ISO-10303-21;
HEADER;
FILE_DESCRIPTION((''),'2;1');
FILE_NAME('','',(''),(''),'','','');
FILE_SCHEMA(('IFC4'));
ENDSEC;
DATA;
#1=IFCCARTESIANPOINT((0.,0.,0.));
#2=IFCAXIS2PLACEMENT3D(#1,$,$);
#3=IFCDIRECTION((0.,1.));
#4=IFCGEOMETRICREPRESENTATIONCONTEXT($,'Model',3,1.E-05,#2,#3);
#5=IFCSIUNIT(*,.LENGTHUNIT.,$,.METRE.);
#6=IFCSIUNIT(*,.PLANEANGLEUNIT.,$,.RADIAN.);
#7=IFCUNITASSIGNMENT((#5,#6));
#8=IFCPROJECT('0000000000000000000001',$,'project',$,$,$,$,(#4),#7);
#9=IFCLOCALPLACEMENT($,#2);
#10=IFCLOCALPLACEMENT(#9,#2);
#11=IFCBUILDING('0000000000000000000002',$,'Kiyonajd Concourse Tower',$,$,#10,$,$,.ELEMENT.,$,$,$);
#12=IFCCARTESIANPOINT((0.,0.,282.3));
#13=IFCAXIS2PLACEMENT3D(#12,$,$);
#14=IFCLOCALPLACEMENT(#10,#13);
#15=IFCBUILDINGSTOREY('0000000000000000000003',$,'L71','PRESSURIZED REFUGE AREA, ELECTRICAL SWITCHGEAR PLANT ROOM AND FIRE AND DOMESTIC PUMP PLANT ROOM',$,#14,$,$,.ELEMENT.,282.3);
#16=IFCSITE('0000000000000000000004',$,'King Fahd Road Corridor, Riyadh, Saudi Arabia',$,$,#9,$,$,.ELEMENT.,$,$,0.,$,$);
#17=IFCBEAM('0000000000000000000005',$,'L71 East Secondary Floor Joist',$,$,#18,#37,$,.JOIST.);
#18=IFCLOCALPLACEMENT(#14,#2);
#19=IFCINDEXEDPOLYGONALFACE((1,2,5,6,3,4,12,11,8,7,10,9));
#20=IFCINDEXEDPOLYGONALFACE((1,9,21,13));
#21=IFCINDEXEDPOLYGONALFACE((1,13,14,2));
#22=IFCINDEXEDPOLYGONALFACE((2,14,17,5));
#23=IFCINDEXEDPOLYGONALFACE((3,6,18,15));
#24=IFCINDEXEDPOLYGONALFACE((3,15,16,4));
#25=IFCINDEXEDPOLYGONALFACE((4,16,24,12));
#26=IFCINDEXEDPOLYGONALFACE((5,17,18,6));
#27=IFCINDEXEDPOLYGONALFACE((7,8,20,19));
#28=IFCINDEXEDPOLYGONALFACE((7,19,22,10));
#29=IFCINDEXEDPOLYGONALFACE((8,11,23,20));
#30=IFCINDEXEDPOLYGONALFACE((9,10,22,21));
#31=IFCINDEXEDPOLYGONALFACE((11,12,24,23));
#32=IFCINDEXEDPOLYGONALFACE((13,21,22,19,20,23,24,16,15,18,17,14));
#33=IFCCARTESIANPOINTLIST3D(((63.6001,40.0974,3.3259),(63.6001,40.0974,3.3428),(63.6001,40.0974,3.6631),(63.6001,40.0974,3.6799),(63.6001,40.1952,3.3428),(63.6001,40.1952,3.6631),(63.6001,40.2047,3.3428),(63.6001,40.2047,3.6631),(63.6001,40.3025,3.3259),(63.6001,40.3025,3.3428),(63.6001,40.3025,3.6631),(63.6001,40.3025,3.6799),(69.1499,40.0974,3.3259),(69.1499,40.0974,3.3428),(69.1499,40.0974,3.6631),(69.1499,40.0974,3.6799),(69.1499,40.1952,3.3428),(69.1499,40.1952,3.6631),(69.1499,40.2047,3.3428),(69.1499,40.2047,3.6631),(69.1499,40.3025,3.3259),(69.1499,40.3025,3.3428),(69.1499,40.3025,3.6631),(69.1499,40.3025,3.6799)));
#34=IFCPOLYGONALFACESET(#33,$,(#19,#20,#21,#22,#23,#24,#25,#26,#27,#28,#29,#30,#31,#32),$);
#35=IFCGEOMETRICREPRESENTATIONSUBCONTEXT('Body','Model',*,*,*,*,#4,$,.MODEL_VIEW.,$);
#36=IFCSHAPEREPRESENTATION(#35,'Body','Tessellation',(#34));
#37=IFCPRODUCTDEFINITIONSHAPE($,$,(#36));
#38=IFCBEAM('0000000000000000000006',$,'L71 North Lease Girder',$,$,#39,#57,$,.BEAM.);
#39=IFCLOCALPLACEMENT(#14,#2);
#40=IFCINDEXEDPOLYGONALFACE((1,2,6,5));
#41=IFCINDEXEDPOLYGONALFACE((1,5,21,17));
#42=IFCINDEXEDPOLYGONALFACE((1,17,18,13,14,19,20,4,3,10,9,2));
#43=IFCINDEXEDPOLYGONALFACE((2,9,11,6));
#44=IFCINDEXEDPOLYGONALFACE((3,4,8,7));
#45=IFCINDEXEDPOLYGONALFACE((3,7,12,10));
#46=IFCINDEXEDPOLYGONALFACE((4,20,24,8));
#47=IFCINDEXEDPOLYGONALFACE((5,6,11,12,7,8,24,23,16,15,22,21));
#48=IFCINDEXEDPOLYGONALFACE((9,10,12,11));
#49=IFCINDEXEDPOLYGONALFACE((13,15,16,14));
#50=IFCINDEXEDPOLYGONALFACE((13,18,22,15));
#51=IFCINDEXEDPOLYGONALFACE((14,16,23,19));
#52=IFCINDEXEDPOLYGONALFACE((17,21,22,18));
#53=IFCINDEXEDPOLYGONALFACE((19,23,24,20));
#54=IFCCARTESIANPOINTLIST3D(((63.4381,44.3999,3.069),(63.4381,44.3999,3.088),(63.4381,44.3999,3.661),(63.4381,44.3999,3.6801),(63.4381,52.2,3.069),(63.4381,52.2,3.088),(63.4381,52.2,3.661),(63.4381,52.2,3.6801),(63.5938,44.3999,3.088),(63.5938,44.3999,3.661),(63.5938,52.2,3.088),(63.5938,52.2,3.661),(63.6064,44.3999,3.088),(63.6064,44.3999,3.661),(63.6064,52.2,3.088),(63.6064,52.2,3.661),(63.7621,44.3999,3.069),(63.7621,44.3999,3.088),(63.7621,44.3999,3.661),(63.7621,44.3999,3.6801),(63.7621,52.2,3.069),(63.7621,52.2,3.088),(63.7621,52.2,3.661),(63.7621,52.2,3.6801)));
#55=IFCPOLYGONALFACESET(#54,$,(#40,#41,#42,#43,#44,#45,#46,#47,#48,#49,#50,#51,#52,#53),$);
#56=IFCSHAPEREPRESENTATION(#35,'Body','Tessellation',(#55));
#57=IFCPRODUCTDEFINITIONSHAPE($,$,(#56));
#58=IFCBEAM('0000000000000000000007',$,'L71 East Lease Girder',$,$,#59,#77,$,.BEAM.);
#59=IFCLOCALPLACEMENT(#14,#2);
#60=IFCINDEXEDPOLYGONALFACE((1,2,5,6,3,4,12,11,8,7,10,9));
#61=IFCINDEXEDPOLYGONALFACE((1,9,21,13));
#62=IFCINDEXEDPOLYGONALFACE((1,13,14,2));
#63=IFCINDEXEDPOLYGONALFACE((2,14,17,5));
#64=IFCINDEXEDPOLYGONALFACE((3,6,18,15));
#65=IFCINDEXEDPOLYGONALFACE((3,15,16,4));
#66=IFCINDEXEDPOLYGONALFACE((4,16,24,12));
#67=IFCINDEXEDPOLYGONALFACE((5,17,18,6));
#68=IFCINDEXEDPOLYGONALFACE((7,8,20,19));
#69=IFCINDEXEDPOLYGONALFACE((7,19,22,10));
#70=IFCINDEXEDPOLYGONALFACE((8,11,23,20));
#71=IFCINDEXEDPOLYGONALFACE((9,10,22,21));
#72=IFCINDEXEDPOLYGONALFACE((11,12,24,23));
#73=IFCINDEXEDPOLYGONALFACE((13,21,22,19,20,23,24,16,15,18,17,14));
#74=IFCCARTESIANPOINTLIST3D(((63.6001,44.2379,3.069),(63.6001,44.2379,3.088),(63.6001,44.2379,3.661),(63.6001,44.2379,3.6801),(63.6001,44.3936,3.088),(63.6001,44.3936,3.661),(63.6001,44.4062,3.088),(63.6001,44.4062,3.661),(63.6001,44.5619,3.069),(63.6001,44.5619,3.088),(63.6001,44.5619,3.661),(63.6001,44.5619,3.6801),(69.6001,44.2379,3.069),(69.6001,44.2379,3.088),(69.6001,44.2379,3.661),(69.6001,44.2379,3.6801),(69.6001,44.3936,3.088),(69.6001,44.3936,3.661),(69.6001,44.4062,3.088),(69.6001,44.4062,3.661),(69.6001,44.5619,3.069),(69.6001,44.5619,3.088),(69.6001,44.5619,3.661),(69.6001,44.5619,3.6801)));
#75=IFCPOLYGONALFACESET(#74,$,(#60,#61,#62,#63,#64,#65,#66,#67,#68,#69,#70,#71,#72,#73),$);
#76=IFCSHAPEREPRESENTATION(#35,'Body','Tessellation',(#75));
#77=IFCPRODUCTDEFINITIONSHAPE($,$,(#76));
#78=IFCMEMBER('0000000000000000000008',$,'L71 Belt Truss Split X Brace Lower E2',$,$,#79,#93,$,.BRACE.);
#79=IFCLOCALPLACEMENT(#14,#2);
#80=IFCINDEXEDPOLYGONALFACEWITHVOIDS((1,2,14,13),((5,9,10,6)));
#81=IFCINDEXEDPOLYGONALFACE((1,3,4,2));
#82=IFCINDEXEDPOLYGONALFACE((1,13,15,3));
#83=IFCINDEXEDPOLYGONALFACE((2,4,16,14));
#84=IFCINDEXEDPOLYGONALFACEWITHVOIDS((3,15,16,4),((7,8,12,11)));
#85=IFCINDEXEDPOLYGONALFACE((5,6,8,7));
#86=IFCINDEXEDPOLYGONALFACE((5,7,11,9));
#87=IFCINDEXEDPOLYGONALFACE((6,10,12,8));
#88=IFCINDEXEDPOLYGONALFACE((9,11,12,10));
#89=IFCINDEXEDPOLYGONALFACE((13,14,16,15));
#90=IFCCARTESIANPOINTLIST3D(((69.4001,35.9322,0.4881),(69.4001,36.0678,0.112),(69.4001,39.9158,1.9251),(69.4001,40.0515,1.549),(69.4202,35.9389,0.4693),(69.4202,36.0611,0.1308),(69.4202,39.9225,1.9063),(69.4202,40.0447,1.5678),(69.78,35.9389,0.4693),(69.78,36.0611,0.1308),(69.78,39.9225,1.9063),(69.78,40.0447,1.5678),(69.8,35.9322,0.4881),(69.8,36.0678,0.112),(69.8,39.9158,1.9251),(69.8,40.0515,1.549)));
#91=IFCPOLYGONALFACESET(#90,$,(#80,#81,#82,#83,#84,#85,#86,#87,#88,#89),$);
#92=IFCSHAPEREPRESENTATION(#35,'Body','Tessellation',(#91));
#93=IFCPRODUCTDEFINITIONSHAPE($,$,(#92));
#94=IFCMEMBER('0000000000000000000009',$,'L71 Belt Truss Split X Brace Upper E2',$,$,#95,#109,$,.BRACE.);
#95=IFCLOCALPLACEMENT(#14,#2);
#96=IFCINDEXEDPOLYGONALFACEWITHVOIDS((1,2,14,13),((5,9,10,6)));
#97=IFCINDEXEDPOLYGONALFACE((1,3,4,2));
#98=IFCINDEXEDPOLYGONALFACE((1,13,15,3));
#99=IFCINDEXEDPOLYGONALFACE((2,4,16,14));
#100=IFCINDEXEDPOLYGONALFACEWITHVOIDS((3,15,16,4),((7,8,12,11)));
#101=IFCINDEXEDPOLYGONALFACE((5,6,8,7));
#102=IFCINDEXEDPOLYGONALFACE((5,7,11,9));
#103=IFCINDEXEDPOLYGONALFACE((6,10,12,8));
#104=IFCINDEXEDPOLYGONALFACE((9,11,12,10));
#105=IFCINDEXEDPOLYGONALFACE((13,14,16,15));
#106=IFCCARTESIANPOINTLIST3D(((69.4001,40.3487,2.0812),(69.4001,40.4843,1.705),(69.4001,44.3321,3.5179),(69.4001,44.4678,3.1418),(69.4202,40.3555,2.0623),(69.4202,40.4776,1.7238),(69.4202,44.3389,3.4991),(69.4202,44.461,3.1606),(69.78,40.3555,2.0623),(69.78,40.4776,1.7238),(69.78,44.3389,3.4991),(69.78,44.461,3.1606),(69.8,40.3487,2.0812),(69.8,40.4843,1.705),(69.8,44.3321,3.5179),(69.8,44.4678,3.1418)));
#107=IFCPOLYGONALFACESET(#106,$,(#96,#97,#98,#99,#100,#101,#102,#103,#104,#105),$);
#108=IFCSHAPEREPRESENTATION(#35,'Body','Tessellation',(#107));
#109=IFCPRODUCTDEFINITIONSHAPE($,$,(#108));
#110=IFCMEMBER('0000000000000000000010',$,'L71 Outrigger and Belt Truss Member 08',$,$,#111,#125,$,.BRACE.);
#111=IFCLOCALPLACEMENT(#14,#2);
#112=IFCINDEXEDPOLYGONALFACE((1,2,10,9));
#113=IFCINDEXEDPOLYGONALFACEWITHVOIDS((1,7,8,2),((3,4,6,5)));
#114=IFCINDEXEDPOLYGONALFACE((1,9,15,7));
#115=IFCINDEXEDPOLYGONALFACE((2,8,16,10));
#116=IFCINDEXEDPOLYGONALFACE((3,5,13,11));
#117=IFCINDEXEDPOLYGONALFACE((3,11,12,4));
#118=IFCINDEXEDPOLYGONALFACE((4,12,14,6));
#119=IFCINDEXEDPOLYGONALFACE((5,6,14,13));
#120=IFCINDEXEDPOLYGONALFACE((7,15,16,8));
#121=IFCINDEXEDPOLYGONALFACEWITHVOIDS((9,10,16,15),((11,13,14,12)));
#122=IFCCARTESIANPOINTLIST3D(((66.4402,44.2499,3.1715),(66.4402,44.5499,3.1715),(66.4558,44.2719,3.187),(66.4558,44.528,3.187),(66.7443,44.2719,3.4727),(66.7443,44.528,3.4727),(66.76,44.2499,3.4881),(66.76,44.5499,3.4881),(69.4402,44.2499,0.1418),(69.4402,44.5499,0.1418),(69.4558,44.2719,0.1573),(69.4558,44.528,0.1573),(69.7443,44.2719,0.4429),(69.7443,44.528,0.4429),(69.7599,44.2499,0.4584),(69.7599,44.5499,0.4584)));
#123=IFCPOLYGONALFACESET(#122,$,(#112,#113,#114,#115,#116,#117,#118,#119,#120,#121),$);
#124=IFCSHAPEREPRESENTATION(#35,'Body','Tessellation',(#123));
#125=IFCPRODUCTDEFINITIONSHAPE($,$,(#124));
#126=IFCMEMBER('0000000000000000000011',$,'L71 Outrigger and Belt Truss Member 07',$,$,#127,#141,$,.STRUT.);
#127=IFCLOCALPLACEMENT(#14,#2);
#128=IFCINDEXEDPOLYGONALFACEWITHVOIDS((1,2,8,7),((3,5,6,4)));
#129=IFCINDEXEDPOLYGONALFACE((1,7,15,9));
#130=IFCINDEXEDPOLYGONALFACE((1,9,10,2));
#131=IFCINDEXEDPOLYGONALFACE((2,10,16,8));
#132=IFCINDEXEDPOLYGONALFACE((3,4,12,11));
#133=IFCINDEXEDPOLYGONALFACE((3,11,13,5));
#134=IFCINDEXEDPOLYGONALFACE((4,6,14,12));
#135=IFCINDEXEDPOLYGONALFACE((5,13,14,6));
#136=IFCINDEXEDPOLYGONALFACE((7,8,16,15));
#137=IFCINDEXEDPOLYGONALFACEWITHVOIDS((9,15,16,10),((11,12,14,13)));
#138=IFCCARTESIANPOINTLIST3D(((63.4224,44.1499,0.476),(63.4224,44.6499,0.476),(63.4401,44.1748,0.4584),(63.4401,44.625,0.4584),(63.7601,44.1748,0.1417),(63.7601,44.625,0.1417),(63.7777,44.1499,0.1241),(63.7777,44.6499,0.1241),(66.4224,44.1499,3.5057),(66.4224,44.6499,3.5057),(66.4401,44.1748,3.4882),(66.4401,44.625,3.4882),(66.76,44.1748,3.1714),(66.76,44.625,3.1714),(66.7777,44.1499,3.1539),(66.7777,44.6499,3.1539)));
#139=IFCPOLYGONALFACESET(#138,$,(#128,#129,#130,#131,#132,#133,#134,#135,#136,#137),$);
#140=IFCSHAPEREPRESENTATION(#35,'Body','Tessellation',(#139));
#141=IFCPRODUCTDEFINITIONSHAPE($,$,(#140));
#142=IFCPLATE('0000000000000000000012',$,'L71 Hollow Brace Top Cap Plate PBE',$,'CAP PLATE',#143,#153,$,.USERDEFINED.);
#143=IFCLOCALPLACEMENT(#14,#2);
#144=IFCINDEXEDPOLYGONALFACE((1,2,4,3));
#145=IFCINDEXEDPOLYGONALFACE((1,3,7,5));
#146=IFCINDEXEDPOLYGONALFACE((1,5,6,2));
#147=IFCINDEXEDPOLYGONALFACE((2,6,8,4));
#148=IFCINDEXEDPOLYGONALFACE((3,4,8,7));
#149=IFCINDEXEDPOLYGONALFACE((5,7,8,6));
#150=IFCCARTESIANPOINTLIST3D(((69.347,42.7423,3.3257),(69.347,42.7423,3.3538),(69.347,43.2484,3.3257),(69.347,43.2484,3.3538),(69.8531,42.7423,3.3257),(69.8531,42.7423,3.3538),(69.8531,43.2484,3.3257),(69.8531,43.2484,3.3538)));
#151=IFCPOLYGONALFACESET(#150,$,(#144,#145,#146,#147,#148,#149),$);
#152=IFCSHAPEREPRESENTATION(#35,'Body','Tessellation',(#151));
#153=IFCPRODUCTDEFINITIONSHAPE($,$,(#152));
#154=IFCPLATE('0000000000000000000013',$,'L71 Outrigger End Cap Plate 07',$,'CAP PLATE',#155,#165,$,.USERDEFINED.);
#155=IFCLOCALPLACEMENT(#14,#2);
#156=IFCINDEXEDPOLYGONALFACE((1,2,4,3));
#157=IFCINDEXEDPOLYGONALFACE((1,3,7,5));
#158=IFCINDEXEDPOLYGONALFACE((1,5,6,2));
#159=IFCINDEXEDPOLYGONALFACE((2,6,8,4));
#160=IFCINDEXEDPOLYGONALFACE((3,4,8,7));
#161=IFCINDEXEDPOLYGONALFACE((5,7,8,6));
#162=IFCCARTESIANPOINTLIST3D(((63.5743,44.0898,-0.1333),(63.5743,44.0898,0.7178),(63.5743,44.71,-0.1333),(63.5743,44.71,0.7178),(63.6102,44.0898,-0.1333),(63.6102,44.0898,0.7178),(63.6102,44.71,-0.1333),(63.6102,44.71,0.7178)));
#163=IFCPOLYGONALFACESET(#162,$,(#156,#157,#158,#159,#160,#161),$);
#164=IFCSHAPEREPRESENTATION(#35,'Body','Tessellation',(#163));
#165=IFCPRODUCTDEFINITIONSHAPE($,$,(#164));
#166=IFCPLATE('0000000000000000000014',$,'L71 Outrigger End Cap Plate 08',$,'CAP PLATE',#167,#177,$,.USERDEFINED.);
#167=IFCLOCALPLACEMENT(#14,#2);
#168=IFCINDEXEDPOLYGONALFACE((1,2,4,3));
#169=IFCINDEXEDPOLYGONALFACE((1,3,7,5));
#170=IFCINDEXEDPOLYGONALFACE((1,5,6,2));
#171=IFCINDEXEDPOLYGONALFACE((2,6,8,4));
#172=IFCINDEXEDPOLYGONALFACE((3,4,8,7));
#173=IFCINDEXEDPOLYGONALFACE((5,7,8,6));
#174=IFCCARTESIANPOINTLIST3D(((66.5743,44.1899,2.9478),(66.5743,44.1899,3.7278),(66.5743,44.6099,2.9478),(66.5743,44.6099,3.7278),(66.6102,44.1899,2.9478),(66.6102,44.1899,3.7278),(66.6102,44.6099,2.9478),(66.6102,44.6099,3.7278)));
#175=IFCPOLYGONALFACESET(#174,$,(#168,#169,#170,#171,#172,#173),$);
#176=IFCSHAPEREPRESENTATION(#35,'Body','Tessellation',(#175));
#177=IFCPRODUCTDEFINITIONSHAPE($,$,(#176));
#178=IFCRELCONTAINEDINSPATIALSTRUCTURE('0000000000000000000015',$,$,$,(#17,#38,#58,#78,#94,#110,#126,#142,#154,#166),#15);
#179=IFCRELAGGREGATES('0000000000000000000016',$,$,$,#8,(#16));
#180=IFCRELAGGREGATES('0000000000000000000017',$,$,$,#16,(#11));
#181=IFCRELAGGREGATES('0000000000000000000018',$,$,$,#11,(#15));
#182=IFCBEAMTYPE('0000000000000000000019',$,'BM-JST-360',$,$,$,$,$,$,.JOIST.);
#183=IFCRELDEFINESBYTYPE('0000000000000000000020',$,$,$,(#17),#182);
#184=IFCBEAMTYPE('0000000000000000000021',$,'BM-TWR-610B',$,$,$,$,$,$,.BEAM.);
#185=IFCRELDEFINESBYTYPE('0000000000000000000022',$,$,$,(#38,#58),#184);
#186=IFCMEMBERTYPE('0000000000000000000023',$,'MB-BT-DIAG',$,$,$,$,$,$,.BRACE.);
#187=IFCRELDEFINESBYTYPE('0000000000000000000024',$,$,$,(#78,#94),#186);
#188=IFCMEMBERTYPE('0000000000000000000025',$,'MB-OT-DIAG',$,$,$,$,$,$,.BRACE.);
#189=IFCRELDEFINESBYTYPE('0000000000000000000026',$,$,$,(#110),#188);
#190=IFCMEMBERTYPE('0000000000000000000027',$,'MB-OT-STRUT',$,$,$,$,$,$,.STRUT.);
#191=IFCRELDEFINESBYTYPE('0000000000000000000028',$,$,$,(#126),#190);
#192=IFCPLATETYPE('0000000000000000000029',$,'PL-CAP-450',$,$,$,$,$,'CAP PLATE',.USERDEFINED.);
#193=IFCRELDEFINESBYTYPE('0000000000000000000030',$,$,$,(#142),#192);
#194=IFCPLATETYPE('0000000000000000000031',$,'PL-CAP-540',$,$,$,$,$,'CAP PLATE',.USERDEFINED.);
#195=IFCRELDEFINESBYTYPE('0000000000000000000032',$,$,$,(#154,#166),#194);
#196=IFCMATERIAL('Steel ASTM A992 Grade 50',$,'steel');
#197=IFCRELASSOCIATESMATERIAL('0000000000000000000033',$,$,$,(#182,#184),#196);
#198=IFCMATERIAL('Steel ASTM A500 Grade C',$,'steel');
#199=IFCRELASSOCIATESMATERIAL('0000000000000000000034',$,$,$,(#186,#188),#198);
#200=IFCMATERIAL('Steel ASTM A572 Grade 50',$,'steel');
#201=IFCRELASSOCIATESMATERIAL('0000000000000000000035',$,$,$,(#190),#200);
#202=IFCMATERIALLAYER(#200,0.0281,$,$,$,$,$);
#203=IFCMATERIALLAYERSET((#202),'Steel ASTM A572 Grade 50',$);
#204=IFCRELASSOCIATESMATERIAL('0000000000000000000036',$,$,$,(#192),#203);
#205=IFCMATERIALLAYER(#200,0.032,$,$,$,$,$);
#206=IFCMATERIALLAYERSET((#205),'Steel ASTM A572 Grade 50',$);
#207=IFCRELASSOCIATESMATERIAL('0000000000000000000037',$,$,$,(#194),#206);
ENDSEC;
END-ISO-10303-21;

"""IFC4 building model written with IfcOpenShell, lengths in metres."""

from ifc_helpers import new_model, si_unit, direction, frame, origin, origin_2d, place, context, subcontext, project, spatial, rectangle, hollow_rectangle, i_section, extrude, material, layer, layer_set, material_profile, profile_set, type_object, element, save


model = new_model("IFC4")

# Units and contexts
model_context = context("Model", 3, precision=1e-05, world=origin(), true_north=direction((0.0, 1.0)))
body_context = subcontext(model_context, "Body", "Model", "MODEL_VIEW")
ifc_project = project(units=[si_unit("LENGTHUNIT", "METRE"), si_unit("PLANEANGLEUNIT", "RADIAN")], contexts=[model_context])

# Site, building, storey
site_placement = place(None, origin())
site = spatial("IfcSite", under=ifc_project, at=site_placement, Name="King Fahd Road Corridor, Riyadh, Saudi Arabia", CompositionType="ELEMENT", RefElevation=0.0)
building_placement = place(site_placement, origin())
building = spatial("IfcBuilding", under=site, at=building_placement, Name="Kiyonajd Concourse Tower", CompositionType="ELEMENT")
storey_placement = place(building_placement, frame((0.0, 0.0, 282.3)))
storey = spatial("IfcBuildingStorey", under=building, at=storey_placement, Name="L71", Description="PRESSURIZED REFUGE AREA, ELECTRICAL SWITCHGEAR PLANT ROOM AND FIRE AND DOMESTIC PUMP PLANT ROOM", CompositionType="ELEMENT", Elevation=282.3)

# Beams
ifc_material_1 = material(Name="Steel ASTM A992 Grade 50", Category="steel")
ifc_material_profile_1 = material_profile(ifc_material_1, i_section(OverallWidth=0.2051, OverallDepth=0.354, WebThickness=0.0095, FlangeThickness=0.0168, at=origin_2d()), Name="W360X79")
ifc_profile_set_1 = profile_set([ifc_material_profile_1], Name="Steel ASTM A992 Grade 50")
beam_type_1 = type_object("IfcBeamType", Name="BM-JST-360", PredefinedType="JOIST", material=ifc_profile_set_1)
beam_1_placement = place(storey_placement, frame((63.6001, 40.2, 3.5029), z_axis=(1.0, 0.0, 0.0), x_axis=(0.0, 1.0, 0.0)))
element("IfcBeam", 1, at=beam_1_placement, inside=storey, type_object=beam_type_1, Name="L71 East Secondary Floor Joist", PredefinedType="JOIST", context=body_context, shape_type="SweptSolid", body=[
    extrude(i_section(OverallWidth=0.2051, OverallDepth=0.354, WebThickness=0.0095, FlangeThickness=0.0168, at=origin_2d()), origin(), (0.0, 0.0, 1.0), 5.5498),
])
ifc_material_profile_2 = material_profile(ifc_material_1, i_section(OverallWidth=0.324, OverallDepth=0.6111, WebThickness=0.0127, FlangeThickness=0.019, at=origin_2d()), Name="W610X155")
ifc_profile_set_2 = profile_set([ifc_material_profile_2], Name="Steel ASTM A992 Grade 50")
beam_type_2 = type_object("IfcBeamType", Name="BM-TWR-610B", PredefinedType="BEAM", material=ifc_profile_set_2)
beam_2_placement = place(storey_placement, frame((63.6001, 44.3999, 3.3745), z_axis=(0.0, 1.0, 0.0), x_axis=(-1.0, 0.0, 0.0)))
element("IfcBeam", 2, at=beam_2_placement, inside=storey, type_object=beam_type_2, Name="L71 North Lease Girder", PredefinedType="BEAM", context=body_context, shape_type="SweptSolid", body=[
    extrude(i_section(OverallWidth=0.324, OverallDepth=0.6111, WebThickness=0.0127, FlangeThickness=0.019, at=origin_2d()), origin(), (0.0, 0.0, 1.0), 7.8),
])
beam_3_placement = place(storey_placement, frame((63.6001, 44.3999, 3.3745), z_axis=(1.0, 0.0, 0.0), x_axis=(0.0, 1.0, 0.0)))
element("IfcBeam", 3, at=beam_3_placement, inside=storey, type_object=beam_type_2, Name="L71 East Lease Girder", PredefinedType="BEAM", context=body_context, shape_type="SweptSolid", body=[
    extrude(i_section(OverallWidth=0.324, OverallDepth=0.6111, WebThickness=0.0127, FlangeThickness=0.019, at=origin_2d()), origin(), (0.0, 0.0, 1.0), 6.0),
])

# Members
ifc_material_2 = material(Name="Steel ASTM A500 Grade C", Category="steel")
ifc_material_profile_3 = material_profile(ifc_material_2, hollow_rectangle(XDim=0.3999, YDim=0.3999, WallThickness=0.02, at=origin_2d()), Name="HSS-400x400x20")
ifc_profile_set_3 = profile_set([ifc_material_profile_3], Name="Steel ASTM A500 Grade C")
member_type_1 = type_object("IfcMemberType", Name="MB-BT-DIAG", PredefinedType="BRACE", material=ifc_profile_set_3)
member_1_placement = place(storey_placement, frame((69.6001, 36.0, 0.3), z_axis=(0.0, 0.940669, 0.339326), x_axis=(-1.0, 0.0, 0.0)))
element("IfcMember", 4, at=member_1_placement, inside=storey, type_object=member_type_1, Name="L71 Belt Truss Split X Brace Lower E2", PredefinedType="BRACE", context=body_context, shape_type="SweptSolid", body=[
    extrude(hollow_rectangle(XDim=0.3999, YDim=0.3999, WallThickness=0.02, at=origin_2d()), origin(), (0.0, 0.0, 1.0), 4.2349),
])
member_2_placement = place(storey_placement, frame((69.6001, 40.4165, 1.8931), z_axis=(0.0, 0.940681, 0.339293), x_axis=(-1.0, 0.0, 0.0)))
element("IfcMember", 5, at=member_2_placement, inside=storey, type_object=member_type_1, Name="L71 Belt Truss Split X Brace Upper E2", PredefinedType="BRACE", context=body_context, shape_type="SweptSolid", body=[
    extrude(hollow_rectangle(XDim=0.3999, YDim=0.3999, WallThickness=0.02, at=origin_2d()), origin(), (0.0, 0.0, 1.0), 4.2346),
])
ifc_material_profile_4 = material_profile(ifc_material_2, hollow_rectangle(XDim=0.3, YDim=0.45, WallThickness=0.022, at=origin_2d()), Name="HSS-450x300x22")
ifc_profile_set_4 = profile_set([ifc_material_profile_4], Name="Steel ASTM A500 Grade C")
member_type_2 = type_object("IfcMemberType", Name="MB-OT-DIAG", PredefinedType="BRACE", material=ifc_profile_set_4)
member_3_placement = place(storey_placement, frame((66.6001, 44.3999, 3.3298), z_axis=(0.703605, 0.0, -0.710591), x_axis=(0.0, 1.0, 0.0)))
element("IfcMember", 6, at=member_3_placement, inside=storey, type_object=member_type_2, Name="L71 Outrigger and Belt Truss Member 08", PredefinedType="BRACE", context=body_context, shape_type="SweptSolid", body=[
    extrude(hollow_rectangle(XDim=0.3, YDim=0.45, WallThickness=0.022, at=origin_2d()), origin(), (0.0, 0.0, 1.0), 4.2637),
])
ifc_material_3 = material(Name="Steel ASTM A572 Grade 50", Category="steel")
ifc_material_profile_5 = material_profile(ifc_material_3, hollow_rectangle(XDim=0.5, YDim=0.5, WallThickness=0.0249, at=origin_2d()), Name="HSS-500x500x25")
ifc_profile_set_5 = profile_set([ifc_material_profile_5], Name="Steel ASTM A572 Grade 50")
member_type_3 = type_object("IfcMemberType", Name="MB-OT-STRUT", PredefinedType="STRUT", material=ifc_profile_set_5)
member_4_placement = place(storey_placement, frame((63.6001, 44.3999, 0.3), z_axis=(0.703605, 0.0, 0.710591), x_axis=(0.0, 1.0, 0.0)))
element("IfcMember", 7, at=member_4_placement, inside=storey, type_object=member_type_3, Name="L71 Outrigger and Belt Truss Member 07", PredefinedType="STRUT", context=body_context, shape_type="SweptSolid", body=[
    extrude(hollow_rectangle(XDim=0.5, YDim=0.5, WallThickness=0.0249, at=origin_2d()), origin(), (0.0, 0.0, 1.0), 4.2637),
])

# Plates
ifc_layer_1 = layer(ifc_material_3, 0.0281)
ifc_layer_set_1 = layer_set([ifc_layer_1], Name="Steel ASTM A572 Grade 50")
plate_type_1 = type_object("IfcPlateType", Name="PL-CAP-450", ElementType="CAP PLATE", PredefinedType="USERDEFINED", material=ifc_layer_set_1)
plate_1_placement = place(storey_placement, frame((69.6001, 42.9954, 3.3257), z_axis=(0.0, 0.0, 1.0), x_axis=(1.0, 0.0, 0.0)))
element("IfcPlate", 8, at=plate_1_placement, inside=storey, type_object=plate_type_1, Name="L71 Hollow Brace Top Cap Plate PBE", ObjectType="CAP PLATE", PredefinedType="USERDEFINED", context=body_context, shape_type="SweptSolid", body=[
    extrude(rectangle(XDim=0.5061, YDim=0.5061, at=origin_2d()), origin(), (0.0, 0.0, 1.0), 0.0281),
])
ifc_layer_2 = layer(ifc_material_3, 0.032)
ifc_layer_set_2 = layer_set([ifc_layer_2], Name="Steel ASTM A572 Grade 50")
plate_type_2 = type_object("IfcPlateType", Name="PL-CAP-540", ElementType="CAP PLATE", PredefinedType="USERDEFINED", material=ifc_layer_set_2)
plate_2_placement = place(storey_placement, frame((63.5923, 44.3999, -0.1333), z_axis=(0.0, 0.0, 1.0), x_axis=(-1.0, 0.0, 0.0)))
element("IfcPlate", 9, at=plate_2_placement, inside=storey, type_object=plate_type_2, Name="L71 Outrigger End Cap Plate 07", ObjectType="CAP PLATE", PredefinedType="USERDEFINED", context=body_context, shape_type="SweptSolid", body=[
    extrude(rectangle(XDim=0.0359, YDim=0.6201, at=origin_2d()), origin(), (0.0, 0.0, 1.0), 0.8511),
])
plate_3_placement = place(storey_placement, frame((66.5923, 44.3999, 2.9478), z_axis=(0.0, 0.0, 1.0), x_axis=(-1.0, 0.0, 0.0)))
element("IfcPlate", 10, at=plate_3_placement, inside=storey, type_object=plate_type_2, Name="L71 Outrigger End Cap Plate 08", ObjectType="CAP PLATE", PredefinedType="USERDEFINED", context=body_context, shape_type="SweptSolid", body=[
    extrude(rectangle(XDim=0.0359, YDim=0.4199, at=origin_2d()), origin(), (0.0, 0.0, 1.0), 0.78),
])

save(model, "model.ifc")
